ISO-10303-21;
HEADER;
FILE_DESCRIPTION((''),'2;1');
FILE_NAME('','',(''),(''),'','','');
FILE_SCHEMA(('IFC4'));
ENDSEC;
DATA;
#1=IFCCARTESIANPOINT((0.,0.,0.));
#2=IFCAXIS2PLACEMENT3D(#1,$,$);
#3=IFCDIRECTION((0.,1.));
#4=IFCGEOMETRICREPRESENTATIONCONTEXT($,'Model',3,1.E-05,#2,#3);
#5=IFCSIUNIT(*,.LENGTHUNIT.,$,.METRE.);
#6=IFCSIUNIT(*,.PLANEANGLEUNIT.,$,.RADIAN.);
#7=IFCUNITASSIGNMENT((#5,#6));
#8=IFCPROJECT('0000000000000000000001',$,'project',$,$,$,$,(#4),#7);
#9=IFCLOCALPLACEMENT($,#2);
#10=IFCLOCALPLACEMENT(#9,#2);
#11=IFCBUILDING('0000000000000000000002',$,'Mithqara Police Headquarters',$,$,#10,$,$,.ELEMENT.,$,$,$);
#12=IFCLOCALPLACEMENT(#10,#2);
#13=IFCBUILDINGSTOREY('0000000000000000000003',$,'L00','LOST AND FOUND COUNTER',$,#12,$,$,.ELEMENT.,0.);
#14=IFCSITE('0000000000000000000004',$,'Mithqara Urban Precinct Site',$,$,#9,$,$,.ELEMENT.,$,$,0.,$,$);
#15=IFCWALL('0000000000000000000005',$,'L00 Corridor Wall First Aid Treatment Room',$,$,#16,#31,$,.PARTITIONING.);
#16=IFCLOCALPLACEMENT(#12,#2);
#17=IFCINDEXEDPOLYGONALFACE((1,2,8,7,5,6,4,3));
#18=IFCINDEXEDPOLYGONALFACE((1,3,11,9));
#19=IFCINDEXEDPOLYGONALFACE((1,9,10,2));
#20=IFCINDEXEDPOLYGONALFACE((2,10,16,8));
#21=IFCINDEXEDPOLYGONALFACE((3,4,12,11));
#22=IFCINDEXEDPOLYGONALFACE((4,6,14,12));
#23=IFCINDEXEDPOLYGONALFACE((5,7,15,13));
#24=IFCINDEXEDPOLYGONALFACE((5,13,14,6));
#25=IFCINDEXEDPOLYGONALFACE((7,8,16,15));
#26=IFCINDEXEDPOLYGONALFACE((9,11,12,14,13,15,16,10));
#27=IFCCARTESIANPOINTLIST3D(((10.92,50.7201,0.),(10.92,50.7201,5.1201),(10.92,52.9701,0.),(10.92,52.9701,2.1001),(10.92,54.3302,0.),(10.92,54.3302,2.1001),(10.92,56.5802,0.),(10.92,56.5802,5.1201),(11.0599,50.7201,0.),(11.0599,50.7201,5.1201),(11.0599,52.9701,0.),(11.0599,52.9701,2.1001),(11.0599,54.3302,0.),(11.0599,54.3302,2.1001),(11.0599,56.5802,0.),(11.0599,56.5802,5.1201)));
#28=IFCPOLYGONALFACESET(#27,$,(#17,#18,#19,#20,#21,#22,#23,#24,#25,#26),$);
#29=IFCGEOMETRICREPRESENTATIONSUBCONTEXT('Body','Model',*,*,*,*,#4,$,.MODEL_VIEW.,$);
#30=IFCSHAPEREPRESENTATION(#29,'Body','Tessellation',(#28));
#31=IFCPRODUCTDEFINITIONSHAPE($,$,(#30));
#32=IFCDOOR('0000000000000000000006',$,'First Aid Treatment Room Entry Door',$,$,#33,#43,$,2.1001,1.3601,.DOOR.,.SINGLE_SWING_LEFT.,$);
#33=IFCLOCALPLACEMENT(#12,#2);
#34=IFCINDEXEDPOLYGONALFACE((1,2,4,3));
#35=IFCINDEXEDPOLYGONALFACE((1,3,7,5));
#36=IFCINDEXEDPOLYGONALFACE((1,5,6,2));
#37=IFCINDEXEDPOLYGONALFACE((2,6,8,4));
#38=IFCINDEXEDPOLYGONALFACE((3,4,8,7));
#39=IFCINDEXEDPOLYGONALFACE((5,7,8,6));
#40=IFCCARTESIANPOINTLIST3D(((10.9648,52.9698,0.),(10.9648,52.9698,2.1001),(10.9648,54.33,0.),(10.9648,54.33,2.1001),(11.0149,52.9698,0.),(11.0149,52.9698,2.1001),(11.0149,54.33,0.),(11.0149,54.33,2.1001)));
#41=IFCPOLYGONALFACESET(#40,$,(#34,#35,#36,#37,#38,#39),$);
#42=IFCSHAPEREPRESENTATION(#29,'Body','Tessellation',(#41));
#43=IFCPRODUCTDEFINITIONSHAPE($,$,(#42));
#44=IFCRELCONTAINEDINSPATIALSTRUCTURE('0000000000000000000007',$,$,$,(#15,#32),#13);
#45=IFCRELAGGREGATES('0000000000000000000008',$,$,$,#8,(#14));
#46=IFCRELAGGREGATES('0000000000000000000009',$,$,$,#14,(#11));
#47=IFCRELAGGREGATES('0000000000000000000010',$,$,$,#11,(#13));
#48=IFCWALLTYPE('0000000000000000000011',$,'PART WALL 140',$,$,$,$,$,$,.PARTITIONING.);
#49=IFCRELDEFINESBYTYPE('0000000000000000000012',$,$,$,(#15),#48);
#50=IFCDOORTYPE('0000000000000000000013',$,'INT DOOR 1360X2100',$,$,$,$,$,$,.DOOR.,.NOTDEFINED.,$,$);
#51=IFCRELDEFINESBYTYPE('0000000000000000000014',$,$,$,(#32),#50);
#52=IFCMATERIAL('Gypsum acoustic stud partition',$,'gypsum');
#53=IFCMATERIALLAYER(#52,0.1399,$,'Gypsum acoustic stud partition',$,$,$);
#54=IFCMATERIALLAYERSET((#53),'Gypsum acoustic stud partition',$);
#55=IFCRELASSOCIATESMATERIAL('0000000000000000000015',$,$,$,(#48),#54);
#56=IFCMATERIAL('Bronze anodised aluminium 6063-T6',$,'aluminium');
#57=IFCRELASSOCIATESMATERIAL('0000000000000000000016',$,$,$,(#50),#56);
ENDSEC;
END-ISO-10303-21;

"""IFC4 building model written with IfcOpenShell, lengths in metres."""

from ifc_helpers import new_model, si_unit, direction, frame, frame_2d, origin, place, context, subcontext, project, spatial, rectangle, extrude, material, layer, layer_set, type_object, element, fill, save


model = new_model("IFC4")

# Units and contexts
model_context = context("Model", 3, precision=1e-05, world=origin(), true_north=direction((0.0, 1.0)))
body_context = subcontext(model_context, "Body", "Model", "MODEL_VIEW")
ifc_project = project(units=[si_unit("LENGTHUNIT", "METRE"), si_unit("PLANEANGLEUNIT", "RADIAN")], contexts=[model_context])

# Site, building, storey
site_placement = place(None, origin())
site = spatial("IfcSite", under=ifc_project, at=site_placement, Name="Mithqara Urban Precinct Site", CompositionType="ELEMENT", RefElevation=0.0)
building_placement = place(site_placement, origin())
building = spatial("IfcBuilding", under=site, at=building_placement, Name="Mithqara Police Headquarters", CompositionType="ELEMENT")
storey_placement = place(building_placement, origin())
storey = spatial("IfcBuildingStorey", under=building, at=storey_placement, Name="L00", Description="LOST AND FOUND COUNTER", CompositionType="ELEMENT", Elevation=0.0)

# Shared definitions
ifc_material_1 = material(Name="Bronze anodised aluminium 6063-T6", Category="aluminium")

# Shared definitions
ifc_material_2 = material(Name="Gypsum acoustic stud partition", Category="gypsum")
ifc_layer_1 = layer(ifc_material_2, 0.1399, Name="Gypsum acoustic stud partition")
ifc_layer_set_1 = layer_set([ifc_layer_1], Name="Gypsum acoustic stud partition")
wall_type = type_object("IfcWallType", Name="PART WALL 140", PredefinedType="PARTITIONING", material=ifc_layer_set_1)

# Wall, opening, door
wall_1_placement = place(storey_placement, frame((10.99, 50.72, 0.0), z_axis=(0.0, 0.0, 1.0), x_axis=(0.0, 1.0, 0.0)))
wall_1 = element("IfcWall", 1, at=wall_1_placement, inside=storey, type_object=wall_type, Name="L00 Corridor Wall First Aid Treatment Room", PredefinedType="PARTITIONING", context=body_context, shape_type="SweptSolid", body=[
    extrude(rectangle(XDim=5.8601, YDim=0.1399, at=frame_2d((2.9302, 0.0))), origin(), (0.0, 0.0, 1.0), 5.1201),
])
opening_placement = place(wall_1_placement, frame((2.25, 0.0, 0.0)))
opening = element("IfcOpeningElement", 2, at=opening_placement, cuts=wall_1, PredefinedType="OPENING", context=body_context, shape_type="SweptSolid", body=[
    extrude(rectangle(XDim=1.3601, YDim=2.1001, at=frame_2d((0.6802, 1.05))), frame((0.0, 0.0801, 0.0), z_axis=(0.0, -1.0, 0.0), x_axis=(1.0, 0.0, 0.0)), (0.0, 0.0, 1.0), 0.1599),
])
door_type = type_object("IfcDoorType", Name="INT DOOR 1360X2100", OperationType="NOTDEFINED", PredefinedType="DOOR", material=ifc_material_1)
door_placement = place(opening_placement, frame((1.3601, 0.0, 0.0), z_axis=(0.0, 0.0, 1.0), x_axis=(-1.0, 0.0, 0.0)))
door = element("IfcDoor", 3, at=door_placement, inside=storey, type_object=door_type, Name="First Aid Treatment Room Entry Door", OperationType="SINGLE_SWING_LEFT", OverallHeight=2.1001, OverallWidth=1.3601, PredefinedType="DOOR", context=body_context, shape_type="SweptSolid", body=[
    extrude(rectangle(XDim=1.3601, YDim=2.1001, at=frame_2d((0.6802, 1.05))), frame((0.0, 0.0249, 0.0), z_axis=(0.0, -1.0, 0.0), x_axis=(1.0, 0.0, 0.0)), (0.0, 0.0, 1.0), 0.05),
])
fill(opening, door)

save(model, "model.ifc")
